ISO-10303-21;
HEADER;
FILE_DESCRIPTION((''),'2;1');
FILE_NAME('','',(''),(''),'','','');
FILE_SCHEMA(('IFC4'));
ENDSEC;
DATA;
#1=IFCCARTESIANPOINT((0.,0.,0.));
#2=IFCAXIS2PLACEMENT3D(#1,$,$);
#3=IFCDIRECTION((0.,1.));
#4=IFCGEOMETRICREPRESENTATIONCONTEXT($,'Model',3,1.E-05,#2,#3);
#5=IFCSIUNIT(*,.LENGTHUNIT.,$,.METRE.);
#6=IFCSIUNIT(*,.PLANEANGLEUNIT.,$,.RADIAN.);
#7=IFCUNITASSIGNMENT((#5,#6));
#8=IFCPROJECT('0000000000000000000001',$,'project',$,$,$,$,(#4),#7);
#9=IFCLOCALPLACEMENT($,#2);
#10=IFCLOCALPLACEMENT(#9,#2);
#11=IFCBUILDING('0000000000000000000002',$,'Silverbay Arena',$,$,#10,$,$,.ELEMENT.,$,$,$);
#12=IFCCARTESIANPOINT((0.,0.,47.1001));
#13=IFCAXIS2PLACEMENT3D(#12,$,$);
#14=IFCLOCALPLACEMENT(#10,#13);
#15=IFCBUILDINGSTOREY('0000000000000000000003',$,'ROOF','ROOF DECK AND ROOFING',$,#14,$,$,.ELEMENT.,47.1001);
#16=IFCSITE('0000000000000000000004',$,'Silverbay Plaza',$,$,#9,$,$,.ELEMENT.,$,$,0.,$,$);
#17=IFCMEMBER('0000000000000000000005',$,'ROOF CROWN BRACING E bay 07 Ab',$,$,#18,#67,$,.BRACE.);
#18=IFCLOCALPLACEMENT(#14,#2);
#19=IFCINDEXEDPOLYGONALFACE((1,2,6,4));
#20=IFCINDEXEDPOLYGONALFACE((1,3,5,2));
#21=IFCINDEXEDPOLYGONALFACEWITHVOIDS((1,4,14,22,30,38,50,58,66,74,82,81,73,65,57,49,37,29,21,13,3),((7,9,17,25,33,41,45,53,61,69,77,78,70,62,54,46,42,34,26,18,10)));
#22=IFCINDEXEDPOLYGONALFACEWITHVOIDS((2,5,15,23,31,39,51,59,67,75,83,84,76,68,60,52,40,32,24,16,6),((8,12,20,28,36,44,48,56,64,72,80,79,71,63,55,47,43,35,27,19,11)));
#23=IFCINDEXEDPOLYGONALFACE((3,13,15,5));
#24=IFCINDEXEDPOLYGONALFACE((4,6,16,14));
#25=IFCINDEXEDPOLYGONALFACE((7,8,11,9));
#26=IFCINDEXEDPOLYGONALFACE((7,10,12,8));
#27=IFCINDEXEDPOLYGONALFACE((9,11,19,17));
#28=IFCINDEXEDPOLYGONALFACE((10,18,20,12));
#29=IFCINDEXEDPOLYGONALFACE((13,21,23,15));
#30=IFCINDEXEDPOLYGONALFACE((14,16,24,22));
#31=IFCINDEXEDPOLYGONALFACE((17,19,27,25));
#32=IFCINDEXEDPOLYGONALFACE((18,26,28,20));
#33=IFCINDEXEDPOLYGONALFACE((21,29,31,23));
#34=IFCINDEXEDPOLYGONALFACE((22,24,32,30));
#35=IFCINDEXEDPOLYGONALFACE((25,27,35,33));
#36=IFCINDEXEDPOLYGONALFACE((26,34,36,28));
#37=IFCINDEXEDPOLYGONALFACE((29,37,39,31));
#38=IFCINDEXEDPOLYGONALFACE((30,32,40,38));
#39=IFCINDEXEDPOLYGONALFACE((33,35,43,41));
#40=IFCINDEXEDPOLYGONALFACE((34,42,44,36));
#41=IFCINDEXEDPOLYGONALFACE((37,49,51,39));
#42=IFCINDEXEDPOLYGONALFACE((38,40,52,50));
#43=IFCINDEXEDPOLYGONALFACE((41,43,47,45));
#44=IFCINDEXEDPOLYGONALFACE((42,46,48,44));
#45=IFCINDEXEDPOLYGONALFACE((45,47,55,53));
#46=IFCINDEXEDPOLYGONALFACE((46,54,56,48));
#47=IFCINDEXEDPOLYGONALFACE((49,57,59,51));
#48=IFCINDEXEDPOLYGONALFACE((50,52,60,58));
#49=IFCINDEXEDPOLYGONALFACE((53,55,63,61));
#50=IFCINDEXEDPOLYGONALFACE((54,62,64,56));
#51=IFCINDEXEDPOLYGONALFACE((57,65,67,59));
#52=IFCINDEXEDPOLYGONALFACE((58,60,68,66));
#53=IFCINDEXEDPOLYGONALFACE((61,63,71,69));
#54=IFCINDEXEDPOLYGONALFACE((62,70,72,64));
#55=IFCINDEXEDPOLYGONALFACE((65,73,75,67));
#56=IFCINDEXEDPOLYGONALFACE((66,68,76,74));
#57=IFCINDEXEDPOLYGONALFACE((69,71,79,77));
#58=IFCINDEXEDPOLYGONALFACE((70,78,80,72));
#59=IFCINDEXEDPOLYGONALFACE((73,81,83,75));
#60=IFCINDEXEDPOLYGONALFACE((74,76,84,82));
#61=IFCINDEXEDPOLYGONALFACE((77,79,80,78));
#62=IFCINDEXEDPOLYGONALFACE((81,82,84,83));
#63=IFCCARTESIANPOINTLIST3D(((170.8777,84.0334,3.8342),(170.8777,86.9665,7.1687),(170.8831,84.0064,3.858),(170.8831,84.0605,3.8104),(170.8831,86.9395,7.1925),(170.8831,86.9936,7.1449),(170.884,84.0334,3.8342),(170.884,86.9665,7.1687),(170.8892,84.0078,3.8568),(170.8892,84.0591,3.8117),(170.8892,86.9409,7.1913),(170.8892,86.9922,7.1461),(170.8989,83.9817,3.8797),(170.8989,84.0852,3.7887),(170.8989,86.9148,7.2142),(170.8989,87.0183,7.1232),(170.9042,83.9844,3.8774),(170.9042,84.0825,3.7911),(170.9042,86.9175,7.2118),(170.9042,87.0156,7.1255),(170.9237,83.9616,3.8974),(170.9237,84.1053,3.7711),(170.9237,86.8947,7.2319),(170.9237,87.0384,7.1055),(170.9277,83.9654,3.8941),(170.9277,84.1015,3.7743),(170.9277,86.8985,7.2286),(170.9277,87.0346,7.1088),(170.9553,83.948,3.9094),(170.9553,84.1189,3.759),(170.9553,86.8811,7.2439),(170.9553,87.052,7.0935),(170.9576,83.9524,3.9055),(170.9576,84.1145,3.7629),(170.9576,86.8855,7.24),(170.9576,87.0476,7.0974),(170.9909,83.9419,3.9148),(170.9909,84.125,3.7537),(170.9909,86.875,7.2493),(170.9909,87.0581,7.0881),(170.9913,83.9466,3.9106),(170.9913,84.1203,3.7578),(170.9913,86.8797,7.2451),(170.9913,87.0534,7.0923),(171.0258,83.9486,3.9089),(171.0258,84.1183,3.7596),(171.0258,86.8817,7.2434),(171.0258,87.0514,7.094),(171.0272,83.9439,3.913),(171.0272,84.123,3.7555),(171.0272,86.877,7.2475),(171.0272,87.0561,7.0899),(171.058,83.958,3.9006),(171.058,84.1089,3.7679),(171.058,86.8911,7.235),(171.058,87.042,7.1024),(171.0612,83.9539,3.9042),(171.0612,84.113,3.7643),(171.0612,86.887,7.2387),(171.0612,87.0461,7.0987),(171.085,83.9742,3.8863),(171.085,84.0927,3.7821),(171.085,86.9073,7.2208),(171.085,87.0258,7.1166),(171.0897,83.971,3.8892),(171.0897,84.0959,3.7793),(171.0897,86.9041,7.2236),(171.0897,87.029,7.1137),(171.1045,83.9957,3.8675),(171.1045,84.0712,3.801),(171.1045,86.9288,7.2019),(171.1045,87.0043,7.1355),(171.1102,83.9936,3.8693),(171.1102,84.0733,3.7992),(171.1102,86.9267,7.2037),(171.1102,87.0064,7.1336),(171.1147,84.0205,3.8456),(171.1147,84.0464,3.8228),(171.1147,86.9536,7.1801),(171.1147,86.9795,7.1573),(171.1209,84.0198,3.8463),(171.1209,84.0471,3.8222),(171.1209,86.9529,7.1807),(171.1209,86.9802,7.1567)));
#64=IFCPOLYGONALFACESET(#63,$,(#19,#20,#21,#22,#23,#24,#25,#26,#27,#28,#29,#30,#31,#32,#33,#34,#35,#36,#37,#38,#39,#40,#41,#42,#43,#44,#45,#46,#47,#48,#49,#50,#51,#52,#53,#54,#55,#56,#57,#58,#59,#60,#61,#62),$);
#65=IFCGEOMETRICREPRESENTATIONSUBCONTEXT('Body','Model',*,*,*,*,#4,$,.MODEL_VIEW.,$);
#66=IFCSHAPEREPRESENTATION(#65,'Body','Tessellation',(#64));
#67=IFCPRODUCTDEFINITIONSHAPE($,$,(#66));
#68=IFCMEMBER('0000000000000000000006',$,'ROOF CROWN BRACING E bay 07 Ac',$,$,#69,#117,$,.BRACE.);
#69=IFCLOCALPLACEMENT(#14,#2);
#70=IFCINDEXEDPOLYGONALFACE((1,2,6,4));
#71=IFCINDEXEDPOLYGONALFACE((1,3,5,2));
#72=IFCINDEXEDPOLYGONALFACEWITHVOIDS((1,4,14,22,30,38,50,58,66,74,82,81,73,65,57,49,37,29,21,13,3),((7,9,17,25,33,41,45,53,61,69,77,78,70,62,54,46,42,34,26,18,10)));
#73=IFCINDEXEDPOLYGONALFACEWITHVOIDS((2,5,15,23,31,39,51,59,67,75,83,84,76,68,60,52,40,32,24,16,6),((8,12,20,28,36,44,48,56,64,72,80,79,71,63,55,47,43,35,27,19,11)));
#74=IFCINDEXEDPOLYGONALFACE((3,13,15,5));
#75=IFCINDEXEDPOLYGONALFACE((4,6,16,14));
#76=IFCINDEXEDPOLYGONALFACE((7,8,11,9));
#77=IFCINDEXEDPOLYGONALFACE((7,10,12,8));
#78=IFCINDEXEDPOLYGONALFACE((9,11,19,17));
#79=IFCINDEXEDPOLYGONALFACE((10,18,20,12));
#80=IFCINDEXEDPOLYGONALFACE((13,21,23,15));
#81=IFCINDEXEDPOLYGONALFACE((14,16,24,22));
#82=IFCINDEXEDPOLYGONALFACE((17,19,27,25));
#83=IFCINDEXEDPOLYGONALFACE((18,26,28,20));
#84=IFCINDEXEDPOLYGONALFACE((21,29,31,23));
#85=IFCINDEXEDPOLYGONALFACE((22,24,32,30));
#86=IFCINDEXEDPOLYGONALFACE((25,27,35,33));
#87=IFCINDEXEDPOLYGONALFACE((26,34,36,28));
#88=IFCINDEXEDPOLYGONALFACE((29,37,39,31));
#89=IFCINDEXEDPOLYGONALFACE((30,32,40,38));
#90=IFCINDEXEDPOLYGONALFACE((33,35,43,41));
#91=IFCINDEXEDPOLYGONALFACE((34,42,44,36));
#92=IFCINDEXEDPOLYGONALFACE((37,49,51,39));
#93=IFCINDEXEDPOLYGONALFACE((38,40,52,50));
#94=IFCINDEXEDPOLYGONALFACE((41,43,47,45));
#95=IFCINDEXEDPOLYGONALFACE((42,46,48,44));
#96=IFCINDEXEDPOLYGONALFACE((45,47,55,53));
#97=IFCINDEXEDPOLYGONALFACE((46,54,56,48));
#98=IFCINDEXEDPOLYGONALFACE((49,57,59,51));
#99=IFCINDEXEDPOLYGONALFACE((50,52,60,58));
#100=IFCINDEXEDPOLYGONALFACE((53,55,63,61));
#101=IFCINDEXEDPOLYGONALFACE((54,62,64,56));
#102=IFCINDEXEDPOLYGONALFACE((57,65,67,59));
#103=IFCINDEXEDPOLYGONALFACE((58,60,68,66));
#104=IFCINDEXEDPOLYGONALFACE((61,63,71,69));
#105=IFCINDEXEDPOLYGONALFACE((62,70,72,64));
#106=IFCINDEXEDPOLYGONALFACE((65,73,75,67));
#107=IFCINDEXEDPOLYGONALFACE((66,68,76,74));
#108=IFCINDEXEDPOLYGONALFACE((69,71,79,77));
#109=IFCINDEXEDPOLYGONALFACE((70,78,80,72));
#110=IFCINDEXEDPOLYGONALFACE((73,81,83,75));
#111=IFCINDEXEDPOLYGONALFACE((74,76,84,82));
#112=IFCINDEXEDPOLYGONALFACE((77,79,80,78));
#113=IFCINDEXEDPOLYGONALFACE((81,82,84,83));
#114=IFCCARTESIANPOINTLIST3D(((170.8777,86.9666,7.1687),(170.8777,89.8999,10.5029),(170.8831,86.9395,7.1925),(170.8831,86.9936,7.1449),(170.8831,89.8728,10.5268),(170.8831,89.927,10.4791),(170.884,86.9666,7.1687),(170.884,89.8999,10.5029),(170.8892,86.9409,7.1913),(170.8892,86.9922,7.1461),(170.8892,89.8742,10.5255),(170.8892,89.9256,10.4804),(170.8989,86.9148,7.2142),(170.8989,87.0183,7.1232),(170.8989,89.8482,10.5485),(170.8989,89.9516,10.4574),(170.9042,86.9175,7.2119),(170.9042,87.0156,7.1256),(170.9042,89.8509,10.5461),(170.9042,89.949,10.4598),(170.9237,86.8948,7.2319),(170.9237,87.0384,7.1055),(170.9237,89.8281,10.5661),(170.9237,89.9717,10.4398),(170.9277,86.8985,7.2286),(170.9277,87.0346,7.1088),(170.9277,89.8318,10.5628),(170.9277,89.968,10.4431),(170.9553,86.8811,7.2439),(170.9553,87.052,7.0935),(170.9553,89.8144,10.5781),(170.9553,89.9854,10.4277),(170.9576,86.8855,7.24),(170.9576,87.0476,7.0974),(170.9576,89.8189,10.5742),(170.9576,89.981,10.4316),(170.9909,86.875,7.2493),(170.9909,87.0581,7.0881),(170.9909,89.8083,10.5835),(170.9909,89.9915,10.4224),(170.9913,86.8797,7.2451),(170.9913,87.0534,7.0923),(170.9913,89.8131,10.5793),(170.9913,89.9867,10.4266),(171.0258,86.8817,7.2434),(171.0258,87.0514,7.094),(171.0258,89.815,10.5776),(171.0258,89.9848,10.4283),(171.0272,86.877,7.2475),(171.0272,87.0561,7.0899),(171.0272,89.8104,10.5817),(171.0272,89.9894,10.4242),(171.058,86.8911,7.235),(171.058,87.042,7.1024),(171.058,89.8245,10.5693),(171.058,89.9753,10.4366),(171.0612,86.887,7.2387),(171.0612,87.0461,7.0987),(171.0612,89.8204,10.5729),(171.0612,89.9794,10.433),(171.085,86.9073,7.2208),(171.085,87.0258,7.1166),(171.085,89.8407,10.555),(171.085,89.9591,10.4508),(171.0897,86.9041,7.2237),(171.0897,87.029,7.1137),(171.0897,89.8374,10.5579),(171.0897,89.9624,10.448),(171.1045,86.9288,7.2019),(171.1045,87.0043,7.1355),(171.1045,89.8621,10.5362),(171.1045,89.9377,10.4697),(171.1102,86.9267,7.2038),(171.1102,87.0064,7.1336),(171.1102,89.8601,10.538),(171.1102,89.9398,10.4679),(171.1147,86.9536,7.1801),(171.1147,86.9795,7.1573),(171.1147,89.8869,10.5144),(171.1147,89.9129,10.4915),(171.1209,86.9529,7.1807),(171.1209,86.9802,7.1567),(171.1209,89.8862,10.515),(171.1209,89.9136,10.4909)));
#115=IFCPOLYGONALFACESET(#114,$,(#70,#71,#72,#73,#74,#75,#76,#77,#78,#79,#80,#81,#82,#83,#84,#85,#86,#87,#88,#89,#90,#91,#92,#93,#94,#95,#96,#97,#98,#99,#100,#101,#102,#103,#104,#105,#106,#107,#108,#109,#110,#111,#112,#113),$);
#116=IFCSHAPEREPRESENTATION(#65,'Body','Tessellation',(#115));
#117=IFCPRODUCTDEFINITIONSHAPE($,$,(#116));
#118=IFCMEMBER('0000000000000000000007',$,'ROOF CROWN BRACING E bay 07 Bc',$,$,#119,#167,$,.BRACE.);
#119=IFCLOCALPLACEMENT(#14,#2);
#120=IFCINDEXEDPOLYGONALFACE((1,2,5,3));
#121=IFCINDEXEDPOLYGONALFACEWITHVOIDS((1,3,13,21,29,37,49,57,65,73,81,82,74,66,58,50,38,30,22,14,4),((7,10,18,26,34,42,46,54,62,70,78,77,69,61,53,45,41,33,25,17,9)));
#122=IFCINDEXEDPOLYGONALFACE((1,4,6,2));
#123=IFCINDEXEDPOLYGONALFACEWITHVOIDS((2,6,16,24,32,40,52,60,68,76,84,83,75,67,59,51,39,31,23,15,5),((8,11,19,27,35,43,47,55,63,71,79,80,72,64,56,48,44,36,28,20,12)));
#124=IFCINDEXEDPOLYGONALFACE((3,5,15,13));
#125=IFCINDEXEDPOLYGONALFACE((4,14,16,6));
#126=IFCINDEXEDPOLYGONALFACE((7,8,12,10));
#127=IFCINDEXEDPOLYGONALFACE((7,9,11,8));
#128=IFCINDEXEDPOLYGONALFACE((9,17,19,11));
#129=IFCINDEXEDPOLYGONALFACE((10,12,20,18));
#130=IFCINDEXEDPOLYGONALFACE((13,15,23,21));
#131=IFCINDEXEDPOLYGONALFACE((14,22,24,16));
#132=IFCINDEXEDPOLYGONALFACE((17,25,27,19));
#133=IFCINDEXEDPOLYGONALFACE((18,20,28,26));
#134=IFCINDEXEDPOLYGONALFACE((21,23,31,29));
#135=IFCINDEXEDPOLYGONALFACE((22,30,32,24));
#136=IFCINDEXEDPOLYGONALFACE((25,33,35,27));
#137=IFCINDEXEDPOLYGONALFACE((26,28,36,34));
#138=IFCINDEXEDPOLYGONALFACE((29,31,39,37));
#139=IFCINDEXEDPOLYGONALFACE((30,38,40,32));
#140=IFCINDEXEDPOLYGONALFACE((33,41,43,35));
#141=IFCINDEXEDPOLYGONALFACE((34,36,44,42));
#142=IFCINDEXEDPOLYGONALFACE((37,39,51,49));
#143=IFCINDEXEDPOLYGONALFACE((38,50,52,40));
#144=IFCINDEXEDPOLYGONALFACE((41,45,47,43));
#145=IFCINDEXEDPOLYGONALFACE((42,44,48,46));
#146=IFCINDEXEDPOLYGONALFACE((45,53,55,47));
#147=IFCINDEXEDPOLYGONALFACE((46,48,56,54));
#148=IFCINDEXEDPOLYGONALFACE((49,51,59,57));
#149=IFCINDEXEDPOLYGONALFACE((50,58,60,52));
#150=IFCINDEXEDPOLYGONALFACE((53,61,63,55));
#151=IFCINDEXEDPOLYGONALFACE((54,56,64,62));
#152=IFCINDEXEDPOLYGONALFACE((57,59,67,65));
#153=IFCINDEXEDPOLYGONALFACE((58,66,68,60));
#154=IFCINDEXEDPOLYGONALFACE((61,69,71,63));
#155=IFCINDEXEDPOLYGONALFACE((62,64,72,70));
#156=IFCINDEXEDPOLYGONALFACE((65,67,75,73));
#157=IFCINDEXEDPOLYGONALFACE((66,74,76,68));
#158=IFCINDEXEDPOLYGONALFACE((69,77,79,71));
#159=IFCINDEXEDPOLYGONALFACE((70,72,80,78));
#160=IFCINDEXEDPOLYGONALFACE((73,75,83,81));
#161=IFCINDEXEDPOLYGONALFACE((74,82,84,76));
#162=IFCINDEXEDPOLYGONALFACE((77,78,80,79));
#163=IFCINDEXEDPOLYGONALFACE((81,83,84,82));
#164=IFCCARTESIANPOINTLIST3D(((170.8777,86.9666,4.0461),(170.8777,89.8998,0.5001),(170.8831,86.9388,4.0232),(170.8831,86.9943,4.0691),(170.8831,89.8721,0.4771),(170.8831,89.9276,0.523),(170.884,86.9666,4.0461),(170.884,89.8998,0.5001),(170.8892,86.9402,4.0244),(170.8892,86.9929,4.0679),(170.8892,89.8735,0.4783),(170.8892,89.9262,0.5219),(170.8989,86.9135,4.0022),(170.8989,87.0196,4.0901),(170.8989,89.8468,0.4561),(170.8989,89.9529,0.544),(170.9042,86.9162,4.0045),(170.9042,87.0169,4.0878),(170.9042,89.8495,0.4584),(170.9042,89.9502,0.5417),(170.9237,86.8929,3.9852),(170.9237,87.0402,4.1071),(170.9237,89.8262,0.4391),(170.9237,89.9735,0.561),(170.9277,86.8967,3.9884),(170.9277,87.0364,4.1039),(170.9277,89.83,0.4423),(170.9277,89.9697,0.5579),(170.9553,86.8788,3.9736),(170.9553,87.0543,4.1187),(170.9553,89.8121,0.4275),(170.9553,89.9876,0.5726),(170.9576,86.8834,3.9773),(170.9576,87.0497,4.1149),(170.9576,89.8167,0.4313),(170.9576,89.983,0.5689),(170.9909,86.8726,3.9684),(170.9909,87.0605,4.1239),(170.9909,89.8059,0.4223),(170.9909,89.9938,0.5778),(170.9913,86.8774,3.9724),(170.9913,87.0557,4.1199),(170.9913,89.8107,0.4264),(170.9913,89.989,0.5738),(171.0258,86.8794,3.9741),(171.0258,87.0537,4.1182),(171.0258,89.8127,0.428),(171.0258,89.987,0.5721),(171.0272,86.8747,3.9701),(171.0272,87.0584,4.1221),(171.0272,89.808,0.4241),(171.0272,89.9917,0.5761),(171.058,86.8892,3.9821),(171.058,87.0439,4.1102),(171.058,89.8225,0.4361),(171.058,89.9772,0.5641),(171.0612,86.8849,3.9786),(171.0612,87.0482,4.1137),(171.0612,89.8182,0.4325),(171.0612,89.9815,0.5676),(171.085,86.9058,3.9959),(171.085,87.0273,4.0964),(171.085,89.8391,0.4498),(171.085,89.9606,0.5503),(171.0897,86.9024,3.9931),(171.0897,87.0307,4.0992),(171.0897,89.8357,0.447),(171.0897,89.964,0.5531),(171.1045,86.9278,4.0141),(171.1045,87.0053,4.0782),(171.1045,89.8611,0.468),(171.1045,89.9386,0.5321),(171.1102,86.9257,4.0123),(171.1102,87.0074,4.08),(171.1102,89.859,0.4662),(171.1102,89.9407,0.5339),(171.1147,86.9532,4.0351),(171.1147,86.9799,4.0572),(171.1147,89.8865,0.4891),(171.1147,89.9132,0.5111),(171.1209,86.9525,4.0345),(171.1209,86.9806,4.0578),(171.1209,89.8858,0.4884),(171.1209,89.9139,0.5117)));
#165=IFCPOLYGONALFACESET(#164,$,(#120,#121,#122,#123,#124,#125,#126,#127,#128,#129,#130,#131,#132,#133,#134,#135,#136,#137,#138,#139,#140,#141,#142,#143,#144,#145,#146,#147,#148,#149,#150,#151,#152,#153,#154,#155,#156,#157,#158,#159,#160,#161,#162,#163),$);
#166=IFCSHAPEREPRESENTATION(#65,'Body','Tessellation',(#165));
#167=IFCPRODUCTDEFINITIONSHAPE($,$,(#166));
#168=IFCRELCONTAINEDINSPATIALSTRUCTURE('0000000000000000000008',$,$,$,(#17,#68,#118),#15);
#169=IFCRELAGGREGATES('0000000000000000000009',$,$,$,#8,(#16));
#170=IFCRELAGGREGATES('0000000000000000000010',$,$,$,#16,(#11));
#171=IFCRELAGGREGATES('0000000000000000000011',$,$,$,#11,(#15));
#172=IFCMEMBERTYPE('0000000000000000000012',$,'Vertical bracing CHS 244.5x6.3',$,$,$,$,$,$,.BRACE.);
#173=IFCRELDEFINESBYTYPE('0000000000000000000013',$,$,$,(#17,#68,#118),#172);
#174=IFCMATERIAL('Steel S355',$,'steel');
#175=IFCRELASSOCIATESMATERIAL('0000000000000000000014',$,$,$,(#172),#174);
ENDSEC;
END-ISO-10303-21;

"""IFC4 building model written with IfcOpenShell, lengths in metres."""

from ifc_helpers import new_model, si_unit, direction, frame, origin, origin_2d, place, context, subcontext, project, spatial, hollow_circle, extrude, material, material_profile, profile_set, type_object, element, save


model = new_model("IFC4")

# Units and contexts
model_context = context("Model", 3, precision=1e-05, world=origin(), true_north=direction((0.0, 1.0)))
body_context = subcontext(model_context, "Body", "Model", "MODEL_VIEW")
ifc_project = project(units=[si_unit("LENGTHUNIT", "METRE"), si_unit("PLANEANGLEUNIT", "RADIAN")], contexts=[model_context])

# Site, building, storey
site_placement = place(None, origin())
site = spatial("IfcSite", under=ifc_project, at=site_placement, Name="Silverbay Plaza", CompositionType="ELEMENT", RefElevation=0.0)
building_placement = place(site_placement, origin())
building = spatial("IfcBuilding", under=site, at=building_placement, Name="Silverbay Arena", CompositionType="ELEMENT")
storey_placement = place(building_placement, frame((0.0, 0.0, 47.1001)))
storey = spatial("IfcBuildingStorey", under=building, at=storey_placement, Name="ROOF", Description="ROOF DECK AND ROOFING", CompositionType="ELEMENT", Elevation=47.1001)

# Members
ifc_material_1 = material(Name="Steel S355", Category="steel")
ifc_material_profile_1 = material_profile(ifc_material_1, hollow_circle(Radius=0.1223, WallThickness=0.0063, at=origin_2d()), Name="CHS 244.5x6.3")
ifc_profile_set_1 = profile_set([ifc_material_profile_1], Name="Steel S355")
member_type_1 = type_object("IfcMemberType", Name="Vertical bracing CHS 244.5x6.3", PredefinedType="BRACE", material=ifc_profile_set_1)
for number, where, z_axis, x_axis, name in (
    (1, (171.0, 84.0334, 3.8342), (0.0, 0.660472, 0.750851), (-1.0, 0.0, 0.0), "ROOF CROWN BRACING E bay 07 Ab"),
    (2, (171.0, 86.9666, 7.1687), (0.0, 0.66053, 0.7508), (-1.0, 0.0, 0.0), "ROOF CROWN BRACING E bay 07 Ac"),
):
    element("IfcMember", number, at=place(storey_placement, frame(where, z_axis=z_axis, x_axis=x_axis)), inside=storey, type_object=member_type_1, Name=name, PredefinedType="BRACE", context=body_context, shape_type="SweptSolid", body=[
        extrude(hollow_circle(Radius=0.1223, WallThickness=0.0063, at=origin_2d()), origin(), (0.0, 0.0, 1.0), 4.4409),
    ])
member_1_placement = place(storey_placement, frame((171.0, 86.9666, 4.0461), z_axis=(0.0, 0.637389, -0.770543), x_axis=(-1.0, 0.0, 0.0)))
element("IfcMember", 3, at=member_1_placement, inside=storey, type_object=member_type_1, Name="ROOF CROWN BRACING E bay 07 Bc", PredefinedType="BRACE", context=body_context, shape_type="SweptSolid", body=[
    extrude(hollow_circle(Radius=0.1223, WallThickness=0.0063, at=origin_2d()), origin(), (0.0, 0.0, 1.0), 4.6021),
])

save(model, "model.ifc")
